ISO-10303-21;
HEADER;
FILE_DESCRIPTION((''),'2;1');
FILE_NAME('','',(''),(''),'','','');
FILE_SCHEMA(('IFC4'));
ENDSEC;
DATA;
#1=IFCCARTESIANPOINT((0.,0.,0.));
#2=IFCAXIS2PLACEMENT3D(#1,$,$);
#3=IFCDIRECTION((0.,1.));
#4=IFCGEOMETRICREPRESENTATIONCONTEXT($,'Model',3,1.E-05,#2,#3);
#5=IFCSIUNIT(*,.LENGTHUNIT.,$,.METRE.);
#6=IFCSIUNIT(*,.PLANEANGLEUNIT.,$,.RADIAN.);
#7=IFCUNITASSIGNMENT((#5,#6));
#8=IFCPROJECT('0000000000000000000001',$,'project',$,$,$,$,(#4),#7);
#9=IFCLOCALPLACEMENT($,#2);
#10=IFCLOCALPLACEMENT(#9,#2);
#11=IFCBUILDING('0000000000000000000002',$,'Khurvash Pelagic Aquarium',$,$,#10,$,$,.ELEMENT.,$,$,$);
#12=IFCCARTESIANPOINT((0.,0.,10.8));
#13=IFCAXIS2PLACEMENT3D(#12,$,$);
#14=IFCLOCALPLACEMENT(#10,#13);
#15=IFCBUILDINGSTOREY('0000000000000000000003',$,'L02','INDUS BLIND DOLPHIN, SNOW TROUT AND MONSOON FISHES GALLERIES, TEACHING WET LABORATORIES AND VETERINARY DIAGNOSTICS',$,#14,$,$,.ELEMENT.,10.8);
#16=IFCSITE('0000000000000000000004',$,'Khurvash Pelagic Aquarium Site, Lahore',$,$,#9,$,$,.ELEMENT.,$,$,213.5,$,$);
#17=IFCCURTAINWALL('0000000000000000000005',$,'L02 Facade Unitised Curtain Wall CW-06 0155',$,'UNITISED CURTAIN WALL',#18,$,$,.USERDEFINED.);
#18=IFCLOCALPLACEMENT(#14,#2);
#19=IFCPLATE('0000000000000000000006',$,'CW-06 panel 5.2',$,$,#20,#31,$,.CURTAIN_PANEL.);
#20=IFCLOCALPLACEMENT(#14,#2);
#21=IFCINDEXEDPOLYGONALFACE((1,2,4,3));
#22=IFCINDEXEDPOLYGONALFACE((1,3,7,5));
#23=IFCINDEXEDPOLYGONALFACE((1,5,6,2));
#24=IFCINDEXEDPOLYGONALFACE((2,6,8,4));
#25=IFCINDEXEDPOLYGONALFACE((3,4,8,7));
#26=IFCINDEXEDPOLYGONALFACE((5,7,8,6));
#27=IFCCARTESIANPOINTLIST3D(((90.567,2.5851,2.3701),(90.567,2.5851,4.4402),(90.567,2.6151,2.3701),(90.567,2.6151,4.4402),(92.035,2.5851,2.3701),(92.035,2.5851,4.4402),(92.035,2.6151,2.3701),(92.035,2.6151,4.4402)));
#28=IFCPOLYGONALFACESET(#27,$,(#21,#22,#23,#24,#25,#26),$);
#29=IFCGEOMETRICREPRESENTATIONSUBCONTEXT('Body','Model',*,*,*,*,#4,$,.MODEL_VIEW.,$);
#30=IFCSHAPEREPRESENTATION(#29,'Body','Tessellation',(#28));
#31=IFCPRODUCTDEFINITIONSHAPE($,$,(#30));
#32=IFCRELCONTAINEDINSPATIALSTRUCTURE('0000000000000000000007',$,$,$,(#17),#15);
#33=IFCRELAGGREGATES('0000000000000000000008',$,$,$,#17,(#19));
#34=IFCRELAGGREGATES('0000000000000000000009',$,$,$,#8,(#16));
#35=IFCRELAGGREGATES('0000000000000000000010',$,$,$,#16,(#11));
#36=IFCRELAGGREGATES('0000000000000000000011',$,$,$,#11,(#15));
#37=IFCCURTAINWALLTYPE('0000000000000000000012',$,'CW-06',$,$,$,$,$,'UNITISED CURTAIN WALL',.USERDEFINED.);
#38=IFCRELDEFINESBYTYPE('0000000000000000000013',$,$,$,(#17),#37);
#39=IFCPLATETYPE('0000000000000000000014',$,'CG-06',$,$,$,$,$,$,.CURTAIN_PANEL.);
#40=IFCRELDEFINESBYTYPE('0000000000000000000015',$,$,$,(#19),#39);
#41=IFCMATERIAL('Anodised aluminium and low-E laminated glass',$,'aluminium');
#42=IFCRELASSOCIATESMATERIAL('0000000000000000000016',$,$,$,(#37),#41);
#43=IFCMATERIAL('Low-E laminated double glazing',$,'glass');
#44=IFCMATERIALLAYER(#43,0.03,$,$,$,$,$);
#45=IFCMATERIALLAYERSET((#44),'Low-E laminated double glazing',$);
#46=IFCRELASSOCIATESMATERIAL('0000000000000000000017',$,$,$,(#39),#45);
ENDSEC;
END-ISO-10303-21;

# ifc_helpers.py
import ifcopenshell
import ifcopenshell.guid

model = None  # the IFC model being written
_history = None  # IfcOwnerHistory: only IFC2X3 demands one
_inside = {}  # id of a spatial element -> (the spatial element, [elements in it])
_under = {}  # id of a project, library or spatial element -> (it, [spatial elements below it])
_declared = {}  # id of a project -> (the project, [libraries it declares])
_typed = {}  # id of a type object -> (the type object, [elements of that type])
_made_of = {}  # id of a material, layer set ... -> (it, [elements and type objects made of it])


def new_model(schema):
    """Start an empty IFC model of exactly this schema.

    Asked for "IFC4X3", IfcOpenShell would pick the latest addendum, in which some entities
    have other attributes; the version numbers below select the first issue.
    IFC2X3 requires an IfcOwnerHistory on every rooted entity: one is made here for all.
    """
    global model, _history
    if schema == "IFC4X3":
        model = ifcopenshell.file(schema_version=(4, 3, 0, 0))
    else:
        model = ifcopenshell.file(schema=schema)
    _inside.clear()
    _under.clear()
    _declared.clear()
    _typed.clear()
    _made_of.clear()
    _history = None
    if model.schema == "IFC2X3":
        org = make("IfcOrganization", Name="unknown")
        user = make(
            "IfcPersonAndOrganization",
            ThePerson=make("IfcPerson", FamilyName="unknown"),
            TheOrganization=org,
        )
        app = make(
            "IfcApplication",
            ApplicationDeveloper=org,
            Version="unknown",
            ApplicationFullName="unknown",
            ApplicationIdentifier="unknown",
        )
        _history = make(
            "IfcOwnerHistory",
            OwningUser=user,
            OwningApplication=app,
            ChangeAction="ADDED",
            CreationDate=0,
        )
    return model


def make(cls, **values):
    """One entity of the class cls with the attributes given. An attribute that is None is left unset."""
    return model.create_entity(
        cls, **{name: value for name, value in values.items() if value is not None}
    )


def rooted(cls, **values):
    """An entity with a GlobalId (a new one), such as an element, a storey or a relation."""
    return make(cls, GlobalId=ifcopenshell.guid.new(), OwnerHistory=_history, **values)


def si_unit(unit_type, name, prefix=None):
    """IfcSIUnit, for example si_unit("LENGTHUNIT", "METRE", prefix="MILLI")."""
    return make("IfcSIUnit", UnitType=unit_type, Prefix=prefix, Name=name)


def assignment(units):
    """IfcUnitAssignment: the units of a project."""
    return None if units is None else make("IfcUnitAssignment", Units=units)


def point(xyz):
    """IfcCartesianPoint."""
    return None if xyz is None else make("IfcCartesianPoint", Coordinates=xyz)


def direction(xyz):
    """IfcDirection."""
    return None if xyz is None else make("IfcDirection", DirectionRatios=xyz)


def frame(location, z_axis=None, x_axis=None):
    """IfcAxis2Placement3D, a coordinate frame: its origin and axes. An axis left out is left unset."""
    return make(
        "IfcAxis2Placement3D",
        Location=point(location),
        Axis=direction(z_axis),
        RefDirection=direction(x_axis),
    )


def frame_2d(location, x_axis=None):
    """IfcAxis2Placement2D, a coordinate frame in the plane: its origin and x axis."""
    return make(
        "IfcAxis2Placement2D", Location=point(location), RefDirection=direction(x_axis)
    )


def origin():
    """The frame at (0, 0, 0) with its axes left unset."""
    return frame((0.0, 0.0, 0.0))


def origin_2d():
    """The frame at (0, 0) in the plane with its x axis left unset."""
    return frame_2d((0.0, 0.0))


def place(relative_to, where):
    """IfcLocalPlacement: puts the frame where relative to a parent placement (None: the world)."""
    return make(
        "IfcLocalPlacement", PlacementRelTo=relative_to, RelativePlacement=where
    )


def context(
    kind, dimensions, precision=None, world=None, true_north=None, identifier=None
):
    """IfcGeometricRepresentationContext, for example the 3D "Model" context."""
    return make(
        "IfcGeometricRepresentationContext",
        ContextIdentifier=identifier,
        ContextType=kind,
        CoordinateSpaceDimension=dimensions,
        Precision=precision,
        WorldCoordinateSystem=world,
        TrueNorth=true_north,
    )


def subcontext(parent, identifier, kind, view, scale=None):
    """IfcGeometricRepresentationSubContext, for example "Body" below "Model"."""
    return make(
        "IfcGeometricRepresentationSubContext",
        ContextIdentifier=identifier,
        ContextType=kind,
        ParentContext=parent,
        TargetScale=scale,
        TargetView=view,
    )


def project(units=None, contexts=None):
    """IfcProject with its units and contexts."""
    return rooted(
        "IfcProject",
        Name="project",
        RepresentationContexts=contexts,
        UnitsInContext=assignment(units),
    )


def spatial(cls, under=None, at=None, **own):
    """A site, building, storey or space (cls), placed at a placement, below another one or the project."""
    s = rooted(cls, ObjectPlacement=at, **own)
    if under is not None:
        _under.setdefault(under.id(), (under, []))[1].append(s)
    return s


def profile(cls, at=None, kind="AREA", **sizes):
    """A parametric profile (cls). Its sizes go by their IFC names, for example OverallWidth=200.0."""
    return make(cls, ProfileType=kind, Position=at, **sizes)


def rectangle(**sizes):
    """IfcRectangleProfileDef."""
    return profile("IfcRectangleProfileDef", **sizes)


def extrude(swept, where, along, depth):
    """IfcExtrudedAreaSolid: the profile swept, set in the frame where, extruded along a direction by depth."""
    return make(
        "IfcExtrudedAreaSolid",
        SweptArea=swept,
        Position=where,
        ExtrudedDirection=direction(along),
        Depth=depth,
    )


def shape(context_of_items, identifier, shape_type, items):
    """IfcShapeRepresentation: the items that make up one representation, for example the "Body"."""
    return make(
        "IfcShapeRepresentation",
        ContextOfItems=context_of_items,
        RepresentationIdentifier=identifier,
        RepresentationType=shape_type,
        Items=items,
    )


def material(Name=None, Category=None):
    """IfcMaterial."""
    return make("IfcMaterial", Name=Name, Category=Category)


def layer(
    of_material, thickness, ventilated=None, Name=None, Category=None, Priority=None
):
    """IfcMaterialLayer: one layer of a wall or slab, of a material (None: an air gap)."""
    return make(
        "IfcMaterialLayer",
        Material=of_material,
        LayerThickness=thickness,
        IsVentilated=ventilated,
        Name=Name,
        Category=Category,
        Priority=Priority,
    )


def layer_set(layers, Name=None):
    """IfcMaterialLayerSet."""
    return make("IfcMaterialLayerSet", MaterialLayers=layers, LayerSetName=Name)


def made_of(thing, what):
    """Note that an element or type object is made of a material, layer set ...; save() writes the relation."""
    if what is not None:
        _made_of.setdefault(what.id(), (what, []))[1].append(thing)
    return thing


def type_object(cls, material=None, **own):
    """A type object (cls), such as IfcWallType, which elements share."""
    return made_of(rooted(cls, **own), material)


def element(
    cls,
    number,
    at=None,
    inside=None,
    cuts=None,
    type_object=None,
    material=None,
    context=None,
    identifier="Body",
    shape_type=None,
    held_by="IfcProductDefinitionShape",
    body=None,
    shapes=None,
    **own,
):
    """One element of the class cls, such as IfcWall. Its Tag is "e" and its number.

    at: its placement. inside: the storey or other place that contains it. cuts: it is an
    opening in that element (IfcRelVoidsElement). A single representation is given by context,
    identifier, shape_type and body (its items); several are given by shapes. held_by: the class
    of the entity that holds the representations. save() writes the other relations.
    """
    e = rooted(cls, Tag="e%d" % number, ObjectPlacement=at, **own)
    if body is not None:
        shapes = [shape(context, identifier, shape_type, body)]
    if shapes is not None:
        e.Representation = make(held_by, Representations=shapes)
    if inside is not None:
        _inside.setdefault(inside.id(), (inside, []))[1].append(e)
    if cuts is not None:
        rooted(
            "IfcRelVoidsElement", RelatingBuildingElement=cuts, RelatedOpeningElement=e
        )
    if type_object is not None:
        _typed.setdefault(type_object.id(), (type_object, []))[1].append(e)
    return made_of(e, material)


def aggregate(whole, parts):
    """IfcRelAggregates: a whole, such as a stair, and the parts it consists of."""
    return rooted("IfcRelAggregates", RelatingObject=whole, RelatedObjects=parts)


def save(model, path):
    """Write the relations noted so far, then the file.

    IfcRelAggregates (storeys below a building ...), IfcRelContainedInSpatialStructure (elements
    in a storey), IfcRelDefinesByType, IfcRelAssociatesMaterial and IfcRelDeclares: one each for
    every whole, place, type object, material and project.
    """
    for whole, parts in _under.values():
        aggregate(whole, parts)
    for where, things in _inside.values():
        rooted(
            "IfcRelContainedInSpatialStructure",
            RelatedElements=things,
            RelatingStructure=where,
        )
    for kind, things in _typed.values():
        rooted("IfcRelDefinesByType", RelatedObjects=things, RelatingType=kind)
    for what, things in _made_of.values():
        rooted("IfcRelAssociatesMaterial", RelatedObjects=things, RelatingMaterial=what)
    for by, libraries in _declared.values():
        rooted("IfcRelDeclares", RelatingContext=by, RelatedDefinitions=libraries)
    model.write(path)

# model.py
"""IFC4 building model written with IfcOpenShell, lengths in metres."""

from ifc_helpers import new_model, si_unit, direction, frame, origin, origin_2d, place, context, subcontext, project, spatial, rectangle, extrude, material, layer, layer_set, type_object, element, aggregate, save


model = new_model("IFC4")

# Units and contexts
model_context = context("Model", 3, precision=1e-05, world=origin(), true_north=direction((0.0, 1.0)))
body_context = subcontext(model_context, "Body", "Model", "MODEL_VIEW")
ifc_project = project(units=[si_unit("LENGTHUNIT", "METRE"), si_unit("PLANEANGLEUNIT", "RADIAN")], contexts=[model_context])

# Site, building, storey
site_placement = place(None, origin())
site = spatial("IfcSite", under=ifc_project, at=site_placement, Name="Khurvash Pelagic Aquarium Site, Lahore", CompositionType="ELEMENT", RefElevation=213.5)
building_placement = place(site_placement, origin())
building = spatial("IfcBuilding", under=site, at=building_placement, Name="Khurvash Pelagic Aquarium", CompositionType="ELEMENT")
storey_placement = place(building_placement, frame((0.0, 0.0, 10.8)))
storey = spatial("IfcBuildingStorey", under=building, at=storey_placement, Name="L02", Description="INDUS BLIND DOLPHIN, SNOW TROUT AND MONSOON FISHES GALLERIES, TEACHING WET LABORATORIES AND VETERINARY DIAGNOSTICS", CompositionType="ELEMENT", Elevation=10.8)

# Curtain wall, plate
ifc_material_1 = material(Name="Anodised aluminium and low-E laminated glass", Category="aluminium")
curtain_wall_type = type_object("IfcCurtainWallType", Name="CW-06", ElementType="UNITISED CURTAIN WALL", PredefinedType="USERDEFINED", material=ifc_material_1)
curtain_wall_placement = place(storey_placement, origin())
curtain_wall = element("IfcCurtainWall", 1, at=curtain_wall_placement, inside=storey, type_object=curtain_wall_type, Name="L02 Facade Unitised Curtain Wall CW-06 0155", ObjectType="UNITISED CURTAIN WALL", PredefinedType="USERDEFINED")
ifc_material_2 = material(Name="Low-E laminated double glazing", Category="glass")
ifc_layer = layer(ifc_material_2, 0.03)
ifc_layer_set = layer_set([ifc_layer], Name="Low-E laminated double glazing")
plate_type = type_object("IfcPlateType", Name="CG-06", PredefinedType="CURTAIN_PANEL", material=ifc_layer_set)
plate_1_placement = place(storey_placement, frame((91.301, 2.6001, 2.3701), z_axis=(0.0, 0.0, 1.0), x_axis=(1.0, 0.0, 0.0)))
plate_1 = element("IfcPlate", 2, at=plate_1_placement, type_object=plate_type, Name="CW-06 panel 5.2", PredefinedType="CURTAIN_PANEL", context=body_context, shape_type="SweptSolid", body=[
    extrude(rectangle(XDim=1.468, YDim=0.03, at=origin_2d()), origin(), (0.0, 0.0, 1.0), 2.0701),
])
aggregate(curtain_wall, [plate_1])

save(model, "model.ifc")
